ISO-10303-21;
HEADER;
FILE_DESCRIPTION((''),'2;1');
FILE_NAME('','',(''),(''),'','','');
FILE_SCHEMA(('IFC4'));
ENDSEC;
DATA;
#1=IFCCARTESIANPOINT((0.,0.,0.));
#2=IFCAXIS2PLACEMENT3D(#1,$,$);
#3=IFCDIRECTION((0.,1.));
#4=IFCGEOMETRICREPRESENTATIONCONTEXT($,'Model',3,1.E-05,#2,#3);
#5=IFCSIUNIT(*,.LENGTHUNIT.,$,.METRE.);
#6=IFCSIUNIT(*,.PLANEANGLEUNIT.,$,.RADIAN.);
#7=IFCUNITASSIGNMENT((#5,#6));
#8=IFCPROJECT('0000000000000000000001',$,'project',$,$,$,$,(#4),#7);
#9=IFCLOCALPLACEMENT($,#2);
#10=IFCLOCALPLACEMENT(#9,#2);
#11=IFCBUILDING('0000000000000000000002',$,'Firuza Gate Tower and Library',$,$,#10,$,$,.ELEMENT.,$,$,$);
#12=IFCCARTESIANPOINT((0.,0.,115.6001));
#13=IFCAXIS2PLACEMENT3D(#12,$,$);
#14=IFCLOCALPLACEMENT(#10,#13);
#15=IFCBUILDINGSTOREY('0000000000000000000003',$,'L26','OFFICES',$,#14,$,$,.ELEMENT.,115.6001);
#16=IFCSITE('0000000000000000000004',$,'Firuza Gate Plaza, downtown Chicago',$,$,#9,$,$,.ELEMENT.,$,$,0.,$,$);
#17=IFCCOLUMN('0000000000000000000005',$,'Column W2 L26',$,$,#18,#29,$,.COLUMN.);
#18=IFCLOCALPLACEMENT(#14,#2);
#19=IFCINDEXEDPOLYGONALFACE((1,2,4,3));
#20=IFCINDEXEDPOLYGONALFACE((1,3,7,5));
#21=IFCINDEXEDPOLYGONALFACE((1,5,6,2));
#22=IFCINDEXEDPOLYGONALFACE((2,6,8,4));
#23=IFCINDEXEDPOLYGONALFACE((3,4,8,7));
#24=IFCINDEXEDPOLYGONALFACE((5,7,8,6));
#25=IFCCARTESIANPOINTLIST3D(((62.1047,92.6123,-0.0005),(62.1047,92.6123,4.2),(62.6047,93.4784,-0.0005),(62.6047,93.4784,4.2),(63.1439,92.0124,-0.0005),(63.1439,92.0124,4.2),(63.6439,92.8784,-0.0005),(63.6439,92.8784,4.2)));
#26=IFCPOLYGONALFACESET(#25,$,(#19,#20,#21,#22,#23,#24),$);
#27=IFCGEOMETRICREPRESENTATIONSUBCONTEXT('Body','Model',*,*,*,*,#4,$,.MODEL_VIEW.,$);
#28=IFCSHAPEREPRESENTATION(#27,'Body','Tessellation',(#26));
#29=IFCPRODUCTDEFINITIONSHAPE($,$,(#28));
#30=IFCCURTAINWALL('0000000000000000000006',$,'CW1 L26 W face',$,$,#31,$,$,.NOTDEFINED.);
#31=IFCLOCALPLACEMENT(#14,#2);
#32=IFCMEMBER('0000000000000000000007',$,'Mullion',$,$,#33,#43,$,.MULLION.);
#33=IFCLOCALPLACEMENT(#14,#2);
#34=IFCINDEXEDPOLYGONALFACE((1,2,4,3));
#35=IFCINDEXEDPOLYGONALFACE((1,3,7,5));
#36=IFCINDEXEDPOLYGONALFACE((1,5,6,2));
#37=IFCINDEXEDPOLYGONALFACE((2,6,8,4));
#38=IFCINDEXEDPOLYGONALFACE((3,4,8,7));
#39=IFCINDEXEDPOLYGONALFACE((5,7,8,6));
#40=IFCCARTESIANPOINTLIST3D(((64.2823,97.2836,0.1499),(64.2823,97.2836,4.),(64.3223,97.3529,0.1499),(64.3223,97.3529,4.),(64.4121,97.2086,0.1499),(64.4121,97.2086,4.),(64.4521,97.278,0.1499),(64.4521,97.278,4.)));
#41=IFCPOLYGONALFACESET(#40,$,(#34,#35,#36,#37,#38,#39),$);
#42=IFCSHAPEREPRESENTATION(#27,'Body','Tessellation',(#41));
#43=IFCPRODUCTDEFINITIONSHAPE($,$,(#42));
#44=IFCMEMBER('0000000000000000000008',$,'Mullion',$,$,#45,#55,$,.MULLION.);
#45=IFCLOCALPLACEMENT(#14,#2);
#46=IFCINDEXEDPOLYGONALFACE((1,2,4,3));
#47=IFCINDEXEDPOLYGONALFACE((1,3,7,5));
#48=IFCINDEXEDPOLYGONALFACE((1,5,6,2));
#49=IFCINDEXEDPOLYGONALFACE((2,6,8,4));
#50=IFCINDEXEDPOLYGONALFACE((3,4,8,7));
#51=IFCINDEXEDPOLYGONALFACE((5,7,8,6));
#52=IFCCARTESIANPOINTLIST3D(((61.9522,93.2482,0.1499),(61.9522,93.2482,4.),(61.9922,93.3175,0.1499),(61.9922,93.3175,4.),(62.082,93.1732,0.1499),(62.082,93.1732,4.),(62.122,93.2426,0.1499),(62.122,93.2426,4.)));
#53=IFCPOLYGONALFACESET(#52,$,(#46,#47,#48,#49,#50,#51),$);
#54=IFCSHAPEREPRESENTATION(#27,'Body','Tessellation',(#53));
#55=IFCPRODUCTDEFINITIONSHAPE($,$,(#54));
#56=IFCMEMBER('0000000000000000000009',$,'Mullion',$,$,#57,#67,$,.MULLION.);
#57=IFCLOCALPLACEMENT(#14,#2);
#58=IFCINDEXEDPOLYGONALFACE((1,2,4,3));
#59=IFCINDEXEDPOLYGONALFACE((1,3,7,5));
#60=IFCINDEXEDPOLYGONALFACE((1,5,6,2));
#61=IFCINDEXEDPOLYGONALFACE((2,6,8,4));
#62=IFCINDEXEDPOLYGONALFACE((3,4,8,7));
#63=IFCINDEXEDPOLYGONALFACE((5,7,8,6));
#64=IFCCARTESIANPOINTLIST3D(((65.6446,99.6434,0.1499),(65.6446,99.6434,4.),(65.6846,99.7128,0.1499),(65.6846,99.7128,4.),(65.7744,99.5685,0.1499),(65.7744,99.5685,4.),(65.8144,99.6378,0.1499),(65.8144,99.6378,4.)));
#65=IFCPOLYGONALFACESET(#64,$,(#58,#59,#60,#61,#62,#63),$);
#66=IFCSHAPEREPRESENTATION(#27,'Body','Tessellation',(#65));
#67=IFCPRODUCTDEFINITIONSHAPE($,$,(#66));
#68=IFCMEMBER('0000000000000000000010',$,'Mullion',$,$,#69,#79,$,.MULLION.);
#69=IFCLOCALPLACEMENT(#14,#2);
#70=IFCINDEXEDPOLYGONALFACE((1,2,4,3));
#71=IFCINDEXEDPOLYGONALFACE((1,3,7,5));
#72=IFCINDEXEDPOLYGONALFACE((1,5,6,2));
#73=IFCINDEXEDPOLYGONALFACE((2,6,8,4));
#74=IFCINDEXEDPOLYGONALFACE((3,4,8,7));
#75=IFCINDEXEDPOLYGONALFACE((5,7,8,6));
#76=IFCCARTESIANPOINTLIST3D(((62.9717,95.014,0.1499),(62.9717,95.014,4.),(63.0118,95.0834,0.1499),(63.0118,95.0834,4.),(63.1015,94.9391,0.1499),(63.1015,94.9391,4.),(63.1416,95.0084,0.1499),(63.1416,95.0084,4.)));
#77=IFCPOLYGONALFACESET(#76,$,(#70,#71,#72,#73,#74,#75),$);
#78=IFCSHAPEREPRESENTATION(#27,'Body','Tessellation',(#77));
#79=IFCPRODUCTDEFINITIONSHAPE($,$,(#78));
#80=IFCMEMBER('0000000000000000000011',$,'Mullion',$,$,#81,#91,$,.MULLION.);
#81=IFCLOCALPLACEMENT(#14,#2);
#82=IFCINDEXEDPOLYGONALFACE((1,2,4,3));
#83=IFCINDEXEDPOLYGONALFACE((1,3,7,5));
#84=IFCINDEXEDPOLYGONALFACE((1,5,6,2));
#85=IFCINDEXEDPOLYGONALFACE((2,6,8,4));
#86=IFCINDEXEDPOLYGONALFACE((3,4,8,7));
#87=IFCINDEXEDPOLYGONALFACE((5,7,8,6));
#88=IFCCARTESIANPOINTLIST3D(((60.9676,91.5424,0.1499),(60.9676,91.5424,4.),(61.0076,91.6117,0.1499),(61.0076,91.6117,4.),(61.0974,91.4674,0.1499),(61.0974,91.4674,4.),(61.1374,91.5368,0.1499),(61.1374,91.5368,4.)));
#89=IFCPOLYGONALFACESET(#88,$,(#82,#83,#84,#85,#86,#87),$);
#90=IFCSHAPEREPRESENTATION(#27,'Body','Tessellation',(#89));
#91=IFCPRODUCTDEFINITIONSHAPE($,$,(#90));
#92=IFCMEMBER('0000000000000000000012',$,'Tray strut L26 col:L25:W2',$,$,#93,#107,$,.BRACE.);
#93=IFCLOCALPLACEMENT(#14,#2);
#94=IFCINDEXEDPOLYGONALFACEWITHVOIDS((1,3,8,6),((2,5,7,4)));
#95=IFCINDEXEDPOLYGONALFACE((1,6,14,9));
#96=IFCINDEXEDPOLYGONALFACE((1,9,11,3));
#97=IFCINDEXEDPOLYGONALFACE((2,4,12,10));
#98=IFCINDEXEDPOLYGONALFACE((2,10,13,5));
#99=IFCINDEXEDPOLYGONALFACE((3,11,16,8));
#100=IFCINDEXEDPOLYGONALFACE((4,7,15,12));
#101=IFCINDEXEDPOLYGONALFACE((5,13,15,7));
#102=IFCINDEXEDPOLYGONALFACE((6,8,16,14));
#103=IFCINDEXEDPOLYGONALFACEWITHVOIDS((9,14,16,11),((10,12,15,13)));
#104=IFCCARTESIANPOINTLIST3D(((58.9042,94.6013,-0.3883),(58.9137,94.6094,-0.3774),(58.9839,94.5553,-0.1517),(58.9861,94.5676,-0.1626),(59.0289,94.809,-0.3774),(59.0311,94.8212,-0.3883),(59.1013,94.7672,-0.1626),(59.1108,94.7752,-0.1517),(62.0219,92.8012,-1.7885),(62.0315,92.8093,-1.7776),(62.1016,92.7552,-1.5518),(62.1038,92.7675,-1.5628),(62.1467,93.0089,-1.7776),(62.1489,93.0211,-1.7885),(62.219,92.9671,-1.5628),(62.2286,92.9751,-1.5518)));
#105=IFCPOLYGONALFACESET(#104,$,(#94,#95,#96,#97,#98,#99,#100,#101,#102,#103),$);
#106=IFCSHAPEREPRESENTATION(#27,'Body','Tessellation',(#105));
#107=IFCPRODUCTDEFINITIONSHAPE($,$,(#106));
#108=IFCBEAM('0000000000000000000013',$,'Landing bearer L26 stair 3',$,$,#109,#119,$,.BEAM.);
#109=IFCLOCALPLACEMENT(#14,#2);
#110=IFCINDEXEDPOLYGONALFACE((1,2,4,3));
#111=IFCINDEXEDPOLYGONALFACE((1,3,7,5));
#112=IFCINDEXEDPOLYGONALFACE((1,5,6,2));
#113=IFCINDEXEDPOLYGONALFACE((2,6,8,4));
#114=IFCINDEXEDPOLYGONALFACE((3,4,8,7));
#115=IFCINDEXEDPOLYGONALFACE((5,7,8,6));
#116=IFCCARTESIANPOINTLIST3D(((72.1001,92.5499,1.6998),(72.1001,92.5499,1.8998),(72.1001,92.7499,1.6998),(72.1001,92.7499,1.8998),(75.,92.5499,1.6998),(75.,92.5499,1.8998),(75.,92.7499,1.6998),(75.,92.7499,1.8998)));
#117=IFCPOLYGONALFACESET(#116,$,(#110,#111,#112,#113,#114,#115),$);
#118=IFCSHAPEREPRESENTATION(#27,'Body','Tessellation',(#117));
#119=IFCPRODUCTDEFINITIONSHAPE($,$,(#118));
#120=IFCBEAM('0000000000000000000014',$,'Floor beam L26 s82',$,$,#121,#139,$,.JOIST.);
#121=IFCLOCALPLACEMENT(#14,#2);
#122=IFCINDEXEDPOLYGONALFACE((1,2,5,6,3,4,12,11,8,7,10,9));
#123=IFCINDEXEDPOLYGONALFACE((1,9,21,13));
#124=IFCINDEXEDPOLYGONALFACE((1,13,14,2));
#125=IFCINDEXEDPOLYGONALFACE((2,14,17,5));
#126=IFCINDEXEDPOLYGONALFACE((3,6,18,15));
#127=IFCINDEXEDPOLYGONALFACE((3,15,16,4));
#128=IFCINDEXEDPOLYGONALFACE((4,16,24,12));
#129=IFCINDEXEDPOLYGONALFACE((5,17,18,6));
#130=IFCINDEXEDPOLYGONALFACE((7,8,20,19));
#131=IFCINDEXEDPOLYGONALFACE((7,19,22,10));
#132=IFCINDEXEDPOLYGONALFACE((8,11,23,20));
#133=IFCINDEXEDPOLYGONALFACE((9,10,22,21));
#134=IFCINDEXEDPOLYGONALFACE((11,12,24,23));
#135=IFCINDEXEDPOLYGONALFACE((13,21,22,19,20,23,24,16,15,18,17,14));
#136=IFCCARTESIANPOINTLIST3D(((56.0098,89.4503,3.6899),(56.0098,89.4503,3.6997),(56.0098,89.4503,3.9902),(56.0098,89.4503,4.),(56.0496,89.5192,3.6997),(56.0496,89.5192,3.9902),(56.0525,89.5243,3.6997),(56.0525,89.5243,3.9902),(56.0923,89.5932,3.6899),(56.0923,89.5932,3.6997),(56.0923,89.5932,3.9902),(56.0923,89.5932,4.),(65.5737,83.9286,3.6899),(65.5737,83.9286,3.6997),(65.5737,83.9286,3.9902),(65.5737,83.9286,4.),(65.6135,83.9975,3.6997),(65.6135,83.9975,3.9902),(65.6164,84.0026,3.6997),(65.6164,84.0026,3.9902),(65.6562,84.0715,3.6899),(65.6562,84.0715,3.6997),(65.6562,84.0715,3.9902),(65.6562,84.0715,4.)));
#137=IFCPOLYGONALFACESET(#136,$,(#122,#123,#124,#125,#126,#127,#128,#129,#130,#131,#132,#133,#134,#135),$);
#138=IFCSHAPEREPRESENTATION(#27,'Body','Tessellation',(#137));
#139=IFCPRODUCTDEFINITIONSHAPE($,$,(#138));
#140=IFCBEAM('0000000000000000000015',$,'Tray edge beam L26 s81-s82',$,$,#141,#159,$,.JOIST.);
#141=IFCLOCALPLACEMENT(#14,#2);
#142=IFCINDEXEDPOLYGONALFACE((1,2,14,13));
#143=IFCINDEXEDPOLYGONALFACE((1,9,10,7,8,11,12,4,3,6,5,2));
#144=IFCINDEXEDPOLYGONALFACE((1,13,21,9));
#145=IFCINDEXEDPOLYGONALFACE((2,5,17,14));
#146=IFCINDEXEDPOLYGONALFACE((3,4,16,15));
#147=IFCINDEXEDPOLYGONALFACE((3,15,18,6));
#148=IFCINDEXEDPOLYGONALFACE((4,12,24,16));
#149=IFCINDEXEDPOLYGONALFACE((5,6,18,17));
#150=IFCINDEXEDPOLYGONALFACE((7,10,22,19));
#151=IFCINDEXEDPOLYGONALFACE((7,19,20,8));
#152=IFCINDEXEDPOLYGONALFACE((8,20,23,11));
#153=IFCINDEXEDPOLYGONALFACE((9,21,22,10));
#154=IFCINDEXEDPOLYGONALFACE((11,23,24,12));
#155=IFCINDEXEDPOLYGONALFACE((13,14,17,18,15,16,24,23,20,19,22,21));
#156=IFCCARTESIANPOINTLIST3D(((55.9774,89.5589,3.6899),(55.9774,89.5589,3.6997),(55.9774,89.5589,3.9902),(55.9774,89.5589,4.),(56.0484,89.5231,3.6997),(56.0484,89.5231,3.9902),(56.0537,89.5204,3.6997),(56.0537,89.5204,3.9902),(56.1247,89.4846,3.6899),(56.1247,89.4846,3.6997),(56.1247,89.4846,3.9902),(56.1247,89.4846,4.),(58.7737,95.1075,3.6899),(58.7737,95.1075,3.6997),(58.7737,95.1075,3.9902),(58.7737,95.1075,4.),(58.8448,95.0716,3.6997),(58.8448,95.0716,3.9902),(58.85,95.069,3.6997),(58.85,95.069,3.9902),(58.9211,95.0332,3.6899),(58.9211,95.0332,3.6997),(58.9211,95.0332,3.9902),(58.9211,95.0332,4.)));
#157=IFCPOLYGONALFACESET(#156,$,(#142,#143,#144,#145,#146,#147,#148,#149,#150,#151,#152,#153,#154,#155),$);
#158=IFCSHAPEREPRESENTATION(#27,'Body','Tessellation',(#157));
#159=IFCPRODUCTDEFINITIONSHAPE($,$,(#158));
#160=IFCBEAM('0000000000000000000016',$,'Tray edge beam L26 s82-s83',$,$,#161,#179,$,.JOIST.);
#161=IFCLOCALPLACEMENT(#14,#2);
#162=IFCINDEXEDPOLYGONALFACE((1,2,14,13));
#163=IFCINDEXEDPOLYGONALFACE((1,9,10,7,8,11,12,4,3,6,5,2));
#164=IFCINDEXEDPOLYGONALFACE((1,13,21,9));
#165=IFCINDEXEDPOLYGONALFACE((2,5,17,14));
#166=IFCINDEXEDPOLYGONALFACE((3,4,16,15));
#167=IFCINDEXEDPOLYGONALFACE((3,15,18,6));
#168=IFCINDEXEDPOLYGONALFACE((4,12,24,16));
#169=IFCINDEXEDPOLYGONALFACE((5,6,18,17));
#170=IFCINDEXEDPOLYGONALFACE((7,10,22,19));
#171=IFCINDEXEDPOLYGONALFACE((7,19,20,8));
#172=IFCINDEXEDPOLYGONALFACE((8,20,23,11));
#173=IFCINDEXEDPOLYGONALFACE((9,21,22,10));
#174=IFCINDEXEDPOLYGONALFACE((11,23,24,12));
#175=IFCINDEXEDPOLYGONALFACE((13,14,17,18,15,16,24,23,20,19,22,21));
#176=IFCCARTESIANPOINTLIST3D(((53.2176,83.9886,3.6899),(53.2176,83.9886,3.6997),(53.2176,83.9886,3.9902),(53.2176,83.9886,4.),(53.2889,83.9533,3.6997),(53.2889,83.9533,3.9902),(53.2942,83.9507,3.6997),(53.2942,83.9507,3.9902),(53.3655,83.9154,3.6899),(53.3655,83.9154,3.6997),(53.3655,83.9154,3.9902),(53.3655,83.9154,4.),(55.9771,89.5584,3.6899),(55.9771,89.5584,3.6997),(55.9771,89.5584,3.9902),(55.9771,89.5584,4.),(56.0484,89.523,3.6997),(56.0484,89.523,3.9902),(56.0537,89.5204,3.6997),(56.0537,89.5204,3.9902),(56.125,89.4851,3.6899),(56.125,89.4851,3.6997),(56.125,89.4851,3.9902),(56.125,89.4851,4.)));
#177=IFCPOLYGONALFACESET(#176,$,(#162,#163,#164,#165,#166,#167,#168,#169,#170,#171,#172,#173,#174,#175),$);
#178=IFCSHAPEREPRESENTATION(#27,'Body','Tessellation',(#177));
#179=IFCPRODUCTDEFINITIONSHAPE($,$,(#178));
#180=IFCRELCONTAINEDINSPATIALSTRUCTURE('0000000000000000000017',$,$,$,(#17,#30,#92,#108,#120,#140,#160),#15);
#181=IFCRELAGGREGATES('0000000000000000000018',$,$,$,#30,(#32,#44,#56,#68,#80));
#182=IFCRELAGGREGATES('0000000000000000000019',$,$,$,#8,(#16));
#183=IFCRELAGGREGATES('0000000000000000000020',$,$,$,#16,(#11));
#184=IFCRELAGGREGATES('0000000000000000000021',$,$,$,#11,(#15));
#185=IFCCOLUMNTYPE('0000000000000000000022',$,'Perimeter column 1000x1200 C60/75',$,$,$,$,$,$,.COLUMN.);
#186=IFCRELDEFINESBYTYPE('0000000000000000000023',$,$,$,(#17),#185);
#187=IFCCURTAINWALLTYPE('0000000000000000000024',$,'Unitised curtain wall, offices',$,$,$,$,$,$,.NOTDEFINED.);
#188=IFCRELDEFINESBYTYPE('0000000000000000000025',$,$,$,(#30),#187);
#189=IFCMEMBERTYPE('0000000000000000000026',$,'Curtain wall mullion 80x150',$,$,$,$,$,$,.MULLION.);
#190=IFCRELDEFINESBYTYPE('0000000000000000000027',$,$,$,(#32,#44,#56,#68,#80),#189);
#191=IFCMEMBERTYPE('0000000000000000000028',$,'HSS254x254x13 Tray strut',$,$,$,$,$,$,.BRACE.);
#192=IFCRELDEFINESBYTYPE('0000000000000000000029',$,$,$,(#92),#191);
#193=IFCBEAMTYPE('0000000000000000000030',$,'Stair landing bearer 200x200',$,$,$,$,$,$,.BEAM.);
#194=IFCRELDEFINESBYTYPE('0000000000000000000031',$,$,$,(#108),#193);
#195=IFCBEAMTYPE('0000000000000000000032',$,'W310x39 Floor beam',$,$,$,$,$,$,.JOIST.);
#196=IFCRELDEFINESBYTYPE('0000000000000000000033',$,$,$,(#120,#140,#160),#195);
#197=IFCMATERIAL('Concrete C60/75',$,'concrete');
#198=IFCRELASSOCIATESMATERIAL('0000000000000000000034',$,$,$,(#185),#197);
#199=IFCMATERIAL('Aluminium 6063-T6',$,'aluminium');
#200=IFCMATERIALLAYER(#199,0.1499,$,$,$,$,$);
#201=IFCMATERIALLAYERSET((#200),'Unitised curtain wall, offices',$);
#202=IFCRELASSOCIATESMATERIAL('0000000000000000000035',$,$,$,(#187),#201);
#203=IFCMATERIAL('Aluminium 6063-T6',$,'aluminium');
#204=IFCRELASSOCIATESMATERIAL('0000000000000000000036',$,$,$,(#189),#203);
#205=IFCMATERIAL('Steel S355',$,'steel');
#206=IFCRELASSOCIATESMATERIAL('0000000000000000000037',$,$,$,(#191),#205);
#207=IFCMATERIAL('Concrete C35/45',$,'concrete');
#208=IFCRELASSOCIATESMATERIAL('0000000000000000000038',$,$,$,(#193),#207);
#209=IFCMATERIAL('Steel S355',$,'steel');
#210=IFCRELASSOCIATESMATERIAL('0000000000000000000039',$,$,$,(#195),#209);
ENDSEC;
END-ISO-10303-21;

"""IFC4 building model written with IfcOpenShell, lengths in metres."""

from ifc_helpers import new_model, si_unit, direction, frame, origin, origin_2d, place, context, subcontext, project, spatial, rectangle, hollow_rectangle, i_section, extrude, material, layer, layer_set, material_profile, profile_set, type_object, element, aggregate, save


model = new_model("IFC4")

# Units and contexts
model_context = context("Model", 3, precision=1e-05, world=origin(), true_north=direction((0.0, 1.0)))
body_context = subcontext(model_context, "Body", "Model", "MODEL_VIEW")
ifc_project = project(units=[si_unit("LENGTHUNIT", "METRE"), si_unit("PLANEANGLEUNIT", "RADIAN")], contexts=[model_context])

# Site, building, storey
site_placement = place(None, origin())
site = spatial("IfcSite", under=ifc_project, at=site_placement, Name="Firuza Gate Plaza, downtown Chicago", CompositionType="ELEMENT", RefElevation=0.0)
building_placement = place(site_placement, origin())
building = spatial("IfcBuilding", under=site, at=building_placement, Name="Firuza Gate Tower and Library", CompositionType="ELEMENT")
storey_placement = place(building_placement, frame((0.0, 0.0, 115.6001)))
storey = spatial("IfcBuildingStorey", under=building, at=storey_placement, Name="L26", Description="OFFICES", CompositionType="ELEMENT", Elevation=115.6001)

# Column
ifc_material_1 = material(Name="Concrete C60/75", Category="concrete")
ifc_material_profile_1 = material_profile(ifc_material_1, rectangle(XDim=1.0, YDim=1.2, at=origin_2d()))
ifc_profile_set_1 = profile_set([ifc_material_profile_1], Name="Concrete C60/75")
column_type = type_object("IfcColumnType", Name="Perimeter column 1000x1200 C60/75", PredefinedType="COLUMN", material=ifc_profile_set_1)
column_placement = place(storey_placement, frame((62.8743, 92.7454, -0.0005), z_axis=(0.0, 0.0, 1.0), x_axis=(-0.5, -0.866025, 0.0)))
element("IfcColumn", 1, at=column_placement, inside=storey, type_object=column_type, Name="Column W2 L26", PredefinedType="COLUMN", context=body_context, shape_type="SweptSolid", body=[
    extrude(rectangle(XDim=1.0, YDim=1.2, at=origin_2d()), origin(), (0.0, 0.0, 1.0), 4.2004),
])

# Curtain wall, members
ifc_material_2 = material(Name="Aluminium 6063-T6", Category="aluminium")
ifc_layer_1 = layer(ifc_material_2, 0.1499)
ifc_layer_set_1 = layer_set([ifc_layer_1], Name="Unitised curtain wall, offices")
curtain_wall_type = type_object("IfcCurtainWallType", Name="Unitised curtain wall, offices", PredefinedType="NOTDEFINED", material=ifc_layer_set_1)
placement = place(storey_placement, origin())
curtain_wall = element("IfcCurtainWall", 2, at=placement, inside=storey, type_object=curtain_wall_type, Name="CW1 L26 W face", PredefinedType="NOTDEFINED")
ifc_material_3 = material(Name="Aluminium 6063-T6", Category="aluminium")
ifc_material_profile_2 = material_profile(ifc_material_3, rectangle(XDim=0.1499, YDim=0.0801, at=origin_2d()))
ifc_profile_set_2 = profile_set([ifc_material_profile_2], Name="Aluminium 6063-T6")
member_type_1 = type_object("IfcMemberType", Name="Curtain wall mullion 80x150", PredefinedType="MULLION", material=ifc_profile_set_2)
member_1_placement = place(storey_placement, frame((64.3672, 97.2808, 0.1499), z_axis=(0.0, 0.0, 1.0), x_axis=(0.866025, -0.5, 0.0)))
member_1 = element("IfcMember", 3, at=member_1_placement, type_object=member_type_1, Name="Mullion", PredefinedType="MULLION", context=body_context, shape_type="SweptSolid", body=[
    extrude(rectangle(XDim=0.1499, YDim=0.0801, at=origin_2d()), origin(), (0.0, 0.0, 1.0), 3.8501),
])
member_2_placement = place(storey_placement, frame((62.0371, 93.2454, 0.1499), z_axis=(0.0, 0.0, 1.0), x_axis=(0.866025, -0.5, 0.0)))
member_2 = element("IfcMember", 4, at=member_2_placement, type_object=member_type_1, Name="Mullion", PredefinedType="MULLION", context=body_context, shape_type="SweptSolid", body=[
    extrude(rectangle(XDim=0.1499, YDim=0.0801, at=origin_2d()), origin(), (0.0, 0.0, 1.0), 3.8501),
])
member_3_placement = place(storey_placement, frame((65.7295, 99.6406, 0.1499), z_axis=(0.0, 0.0, 1.0), x_axis=(0.866025, -0.5, 0.0)))
member_3 = element("IfcMember", 5, at=member_3_placement, type_object=member_type_1, Name="Mullion", PredefinedType="MULLION", context=body_context, shape_type="SweptSolid", body=[
    extrude(rectangle(XDim=0.1499, YDim=0.0801, at=origin_2d()), origin(), (0.0, 0.0, 1.0), 3.8501),
])
member_4_placement = place(storey_placement, frame((63.0566, 95.0112, 0.1499), z_axis=(0.0, 0.0, 1.0), x_axis=(0.866025, -0.5, 0.0)))
member_4 = element("IfcMember", 6, at=member_4_placement, type_object=member_type_1, Name="Mullion", PredefinedType="MULLION", context=body_context, shape_type="SweptSolid", body=[
    extrude(rectangle(XDim=0.1499, YDim=0.0801, at=origin_2d()), origin(), (0.0, 0.0, 1.0), 3.8501),
])
member_5_placement = place(storey_placement, frame((61.0525, 91.5396, 0.1499), z_axis=(0.0, 0.0, 1.0), x_axis=(0.866025, -0.5, 0.0)))
member_5 = element("IfcMember", 7, at=member_5_placement, type_object=member_type_1, Name="Mullion", PredefinedType="MULLION", context=body_context, shape_type="SweptSolid", body=[
    extrude(rectangle(XDim=0.1499, YDim=0.0801, at=origin_2d()), origin(), (0.0, 0.0, 1.0), 3.8501),
])

# Member
ifc_material_4 = material(Name="Steel S355", Category="steel")
ifc_material_profile_3 = material_profile(ifc_material_4, hollow_rectangle(XDim=0.2539, YDim=0.2539, WallThickness=0.0117, at=origin_2d()))
ifc_profile_set_3 = profile_set([ifc_material_profile_3], Name="Steel S355")
member_type_2 = type_object("IfcMemberType", Name="HSS254x254x13 Tray strut", PredefinedType="BRACE", material=ifc_profile_set_3)
member_6_placement = place(storey_placement, frame((62.1252, 92.8882, -1.6702), z_axis=(-0.807122, 0.466007, 0.362478), x_axis=(-0.500012, -0.866018, 0.0)))
element("IfcMember", 8, at=member_6_placement, inside=storey, type_object=member_type_2, Name="Tray strut L26 col:L25:W2", PredefinedType="BRACE", context=body_context, shape_type="SweptSolid", body=[
    extrude(hollow_rectangle(XDim=0.2539, YDim=0.2539, WallThickness=0.0117, at=origin_2d()), origin(), (0.0, 0.0, 1.0), 3.8628),
])

# Beams
ifc_material_5 = material(Name="Concrete C35/45", Category="concrete")
ifc_material_profile_4 = material_profile(ifc_material_5, rectangle(XDim=0.2, YDim=0.2, at=origin_2d()))
ifc_profile_set_4 = profile_set([ifc_material_profile_4], Name="Concrete C35/45")
beam_type_1 = type_object("IfcBeamType", Name="Stair landing bearer 200x200", PredefinedType="BEAM", material=ifc_profile_set_4)
beam_1_placement = place(storey_placement, frame((75.0, 92.6499, 1.7998), z_axis=(-1.0, 0.0, 0.0), x_axis=(0.0, -1.0, 0.0)))
element("IfcBeam", 9, at=beam_1_placement, inside=storey, type_object=beam_type_1, Name="Landing bearer L26 stair 3", PredefinedType="BEAM", context=body_context, shape_type="SweptSolid", body=[
    extrude(rectangle(XDim=0.2, YDim=0.2, at=origin_2d()), origin(), (0.0, 0.0, 1.0), 2.8999),
])
ifc_material_6 = material(Name="Steel S355", Category="steel")
ifc_material_profile_5 = material_profile(ifc_material_6, i_section(OverallWidth=0.165, OverallDepth=0.3101, WebThickness=0.0059, FlangeThickness=0.0098, at=origin_2d()))
ifc_profile_set_5 = profile_set([ifc_material_profile_5], Name="Steel S355")
beam_type_2 = type_object("IfcBeamType", Name="W310x39 Floor beam", PredefinedType="JOIST", material=ifc_profile_set_5)
beam_2_placement = place(storey_placement, frame((56.051, 89.5217, 3.845), z_axis=(0.866027, -0.499998, 0.0), x_axis=(0.499998, 0.866027, 0.0)))
element("IfcBeam", 10, at=beam_2_placement, inside=storey, type_object=beam_type_2, Name="Floor beam L26 s82", PredefinedType="JOIST", context=body_context, shape_type="SweptSolid", body=[
    extrude(i_section(OverallWidth=0.165, OverallDepth=0.3101, WebThickness=0.0059, FlangeThickness=0.0098, at=origin_2d()), origin(), (0.0, 0.0, 1.0), 11.0435),
])
beam_3_placement = place(storey_placement, frame((58.8474, 95.0703, 3.845), z_axis=(-0.450056, -0.893, 0.0), x_axis=(0.893, -0.450056, 0.0)))
element("IfcBeam", 11, at=beam_3_placement, inside=storey, type_object=beam_type_2, Name="Tray edge beam L26 s81-s82", PredefinedType="JOIST", context=body_context, shape_type="SweptSolid", body=[
    extrude(i_section(OverallWidth=0.165, OverallDepth=0.3101, WebThickness=0.0059, FlangeThickness=0.0098, at=origin_2d()), origin(), (0.0, 0.0, 1.0), 6.2134),
])
beam_4_placement = place(storey_placement, frame((56.051, 89.5217, 3.845), z_axis=(-0.443943, -0.896055, 0.0), x_axis=(0.896055, -0.443943, 0.0)))
element("IfcBeam", 12, at=beam_4_placement, inside=storey, type_object=beam_type_2, Name="Tray edge beam L26 s82-s83", PredefinedType="JOIST", context=body_context, shape_type="SweptSolid", body=[
    extrude(i_section(OverallWidth=0.165, OverallDepth=0.3101, WebThickness=0.0059, FlangeThickness=0.0098, at=origin_2d()), origin(), (0.0, 0.0, 1.0), 6.2158),
])

aggregate(curtain_wall, [member_1, member_2, member_3, member_4, member_5])

save(model, "model.ifc")
